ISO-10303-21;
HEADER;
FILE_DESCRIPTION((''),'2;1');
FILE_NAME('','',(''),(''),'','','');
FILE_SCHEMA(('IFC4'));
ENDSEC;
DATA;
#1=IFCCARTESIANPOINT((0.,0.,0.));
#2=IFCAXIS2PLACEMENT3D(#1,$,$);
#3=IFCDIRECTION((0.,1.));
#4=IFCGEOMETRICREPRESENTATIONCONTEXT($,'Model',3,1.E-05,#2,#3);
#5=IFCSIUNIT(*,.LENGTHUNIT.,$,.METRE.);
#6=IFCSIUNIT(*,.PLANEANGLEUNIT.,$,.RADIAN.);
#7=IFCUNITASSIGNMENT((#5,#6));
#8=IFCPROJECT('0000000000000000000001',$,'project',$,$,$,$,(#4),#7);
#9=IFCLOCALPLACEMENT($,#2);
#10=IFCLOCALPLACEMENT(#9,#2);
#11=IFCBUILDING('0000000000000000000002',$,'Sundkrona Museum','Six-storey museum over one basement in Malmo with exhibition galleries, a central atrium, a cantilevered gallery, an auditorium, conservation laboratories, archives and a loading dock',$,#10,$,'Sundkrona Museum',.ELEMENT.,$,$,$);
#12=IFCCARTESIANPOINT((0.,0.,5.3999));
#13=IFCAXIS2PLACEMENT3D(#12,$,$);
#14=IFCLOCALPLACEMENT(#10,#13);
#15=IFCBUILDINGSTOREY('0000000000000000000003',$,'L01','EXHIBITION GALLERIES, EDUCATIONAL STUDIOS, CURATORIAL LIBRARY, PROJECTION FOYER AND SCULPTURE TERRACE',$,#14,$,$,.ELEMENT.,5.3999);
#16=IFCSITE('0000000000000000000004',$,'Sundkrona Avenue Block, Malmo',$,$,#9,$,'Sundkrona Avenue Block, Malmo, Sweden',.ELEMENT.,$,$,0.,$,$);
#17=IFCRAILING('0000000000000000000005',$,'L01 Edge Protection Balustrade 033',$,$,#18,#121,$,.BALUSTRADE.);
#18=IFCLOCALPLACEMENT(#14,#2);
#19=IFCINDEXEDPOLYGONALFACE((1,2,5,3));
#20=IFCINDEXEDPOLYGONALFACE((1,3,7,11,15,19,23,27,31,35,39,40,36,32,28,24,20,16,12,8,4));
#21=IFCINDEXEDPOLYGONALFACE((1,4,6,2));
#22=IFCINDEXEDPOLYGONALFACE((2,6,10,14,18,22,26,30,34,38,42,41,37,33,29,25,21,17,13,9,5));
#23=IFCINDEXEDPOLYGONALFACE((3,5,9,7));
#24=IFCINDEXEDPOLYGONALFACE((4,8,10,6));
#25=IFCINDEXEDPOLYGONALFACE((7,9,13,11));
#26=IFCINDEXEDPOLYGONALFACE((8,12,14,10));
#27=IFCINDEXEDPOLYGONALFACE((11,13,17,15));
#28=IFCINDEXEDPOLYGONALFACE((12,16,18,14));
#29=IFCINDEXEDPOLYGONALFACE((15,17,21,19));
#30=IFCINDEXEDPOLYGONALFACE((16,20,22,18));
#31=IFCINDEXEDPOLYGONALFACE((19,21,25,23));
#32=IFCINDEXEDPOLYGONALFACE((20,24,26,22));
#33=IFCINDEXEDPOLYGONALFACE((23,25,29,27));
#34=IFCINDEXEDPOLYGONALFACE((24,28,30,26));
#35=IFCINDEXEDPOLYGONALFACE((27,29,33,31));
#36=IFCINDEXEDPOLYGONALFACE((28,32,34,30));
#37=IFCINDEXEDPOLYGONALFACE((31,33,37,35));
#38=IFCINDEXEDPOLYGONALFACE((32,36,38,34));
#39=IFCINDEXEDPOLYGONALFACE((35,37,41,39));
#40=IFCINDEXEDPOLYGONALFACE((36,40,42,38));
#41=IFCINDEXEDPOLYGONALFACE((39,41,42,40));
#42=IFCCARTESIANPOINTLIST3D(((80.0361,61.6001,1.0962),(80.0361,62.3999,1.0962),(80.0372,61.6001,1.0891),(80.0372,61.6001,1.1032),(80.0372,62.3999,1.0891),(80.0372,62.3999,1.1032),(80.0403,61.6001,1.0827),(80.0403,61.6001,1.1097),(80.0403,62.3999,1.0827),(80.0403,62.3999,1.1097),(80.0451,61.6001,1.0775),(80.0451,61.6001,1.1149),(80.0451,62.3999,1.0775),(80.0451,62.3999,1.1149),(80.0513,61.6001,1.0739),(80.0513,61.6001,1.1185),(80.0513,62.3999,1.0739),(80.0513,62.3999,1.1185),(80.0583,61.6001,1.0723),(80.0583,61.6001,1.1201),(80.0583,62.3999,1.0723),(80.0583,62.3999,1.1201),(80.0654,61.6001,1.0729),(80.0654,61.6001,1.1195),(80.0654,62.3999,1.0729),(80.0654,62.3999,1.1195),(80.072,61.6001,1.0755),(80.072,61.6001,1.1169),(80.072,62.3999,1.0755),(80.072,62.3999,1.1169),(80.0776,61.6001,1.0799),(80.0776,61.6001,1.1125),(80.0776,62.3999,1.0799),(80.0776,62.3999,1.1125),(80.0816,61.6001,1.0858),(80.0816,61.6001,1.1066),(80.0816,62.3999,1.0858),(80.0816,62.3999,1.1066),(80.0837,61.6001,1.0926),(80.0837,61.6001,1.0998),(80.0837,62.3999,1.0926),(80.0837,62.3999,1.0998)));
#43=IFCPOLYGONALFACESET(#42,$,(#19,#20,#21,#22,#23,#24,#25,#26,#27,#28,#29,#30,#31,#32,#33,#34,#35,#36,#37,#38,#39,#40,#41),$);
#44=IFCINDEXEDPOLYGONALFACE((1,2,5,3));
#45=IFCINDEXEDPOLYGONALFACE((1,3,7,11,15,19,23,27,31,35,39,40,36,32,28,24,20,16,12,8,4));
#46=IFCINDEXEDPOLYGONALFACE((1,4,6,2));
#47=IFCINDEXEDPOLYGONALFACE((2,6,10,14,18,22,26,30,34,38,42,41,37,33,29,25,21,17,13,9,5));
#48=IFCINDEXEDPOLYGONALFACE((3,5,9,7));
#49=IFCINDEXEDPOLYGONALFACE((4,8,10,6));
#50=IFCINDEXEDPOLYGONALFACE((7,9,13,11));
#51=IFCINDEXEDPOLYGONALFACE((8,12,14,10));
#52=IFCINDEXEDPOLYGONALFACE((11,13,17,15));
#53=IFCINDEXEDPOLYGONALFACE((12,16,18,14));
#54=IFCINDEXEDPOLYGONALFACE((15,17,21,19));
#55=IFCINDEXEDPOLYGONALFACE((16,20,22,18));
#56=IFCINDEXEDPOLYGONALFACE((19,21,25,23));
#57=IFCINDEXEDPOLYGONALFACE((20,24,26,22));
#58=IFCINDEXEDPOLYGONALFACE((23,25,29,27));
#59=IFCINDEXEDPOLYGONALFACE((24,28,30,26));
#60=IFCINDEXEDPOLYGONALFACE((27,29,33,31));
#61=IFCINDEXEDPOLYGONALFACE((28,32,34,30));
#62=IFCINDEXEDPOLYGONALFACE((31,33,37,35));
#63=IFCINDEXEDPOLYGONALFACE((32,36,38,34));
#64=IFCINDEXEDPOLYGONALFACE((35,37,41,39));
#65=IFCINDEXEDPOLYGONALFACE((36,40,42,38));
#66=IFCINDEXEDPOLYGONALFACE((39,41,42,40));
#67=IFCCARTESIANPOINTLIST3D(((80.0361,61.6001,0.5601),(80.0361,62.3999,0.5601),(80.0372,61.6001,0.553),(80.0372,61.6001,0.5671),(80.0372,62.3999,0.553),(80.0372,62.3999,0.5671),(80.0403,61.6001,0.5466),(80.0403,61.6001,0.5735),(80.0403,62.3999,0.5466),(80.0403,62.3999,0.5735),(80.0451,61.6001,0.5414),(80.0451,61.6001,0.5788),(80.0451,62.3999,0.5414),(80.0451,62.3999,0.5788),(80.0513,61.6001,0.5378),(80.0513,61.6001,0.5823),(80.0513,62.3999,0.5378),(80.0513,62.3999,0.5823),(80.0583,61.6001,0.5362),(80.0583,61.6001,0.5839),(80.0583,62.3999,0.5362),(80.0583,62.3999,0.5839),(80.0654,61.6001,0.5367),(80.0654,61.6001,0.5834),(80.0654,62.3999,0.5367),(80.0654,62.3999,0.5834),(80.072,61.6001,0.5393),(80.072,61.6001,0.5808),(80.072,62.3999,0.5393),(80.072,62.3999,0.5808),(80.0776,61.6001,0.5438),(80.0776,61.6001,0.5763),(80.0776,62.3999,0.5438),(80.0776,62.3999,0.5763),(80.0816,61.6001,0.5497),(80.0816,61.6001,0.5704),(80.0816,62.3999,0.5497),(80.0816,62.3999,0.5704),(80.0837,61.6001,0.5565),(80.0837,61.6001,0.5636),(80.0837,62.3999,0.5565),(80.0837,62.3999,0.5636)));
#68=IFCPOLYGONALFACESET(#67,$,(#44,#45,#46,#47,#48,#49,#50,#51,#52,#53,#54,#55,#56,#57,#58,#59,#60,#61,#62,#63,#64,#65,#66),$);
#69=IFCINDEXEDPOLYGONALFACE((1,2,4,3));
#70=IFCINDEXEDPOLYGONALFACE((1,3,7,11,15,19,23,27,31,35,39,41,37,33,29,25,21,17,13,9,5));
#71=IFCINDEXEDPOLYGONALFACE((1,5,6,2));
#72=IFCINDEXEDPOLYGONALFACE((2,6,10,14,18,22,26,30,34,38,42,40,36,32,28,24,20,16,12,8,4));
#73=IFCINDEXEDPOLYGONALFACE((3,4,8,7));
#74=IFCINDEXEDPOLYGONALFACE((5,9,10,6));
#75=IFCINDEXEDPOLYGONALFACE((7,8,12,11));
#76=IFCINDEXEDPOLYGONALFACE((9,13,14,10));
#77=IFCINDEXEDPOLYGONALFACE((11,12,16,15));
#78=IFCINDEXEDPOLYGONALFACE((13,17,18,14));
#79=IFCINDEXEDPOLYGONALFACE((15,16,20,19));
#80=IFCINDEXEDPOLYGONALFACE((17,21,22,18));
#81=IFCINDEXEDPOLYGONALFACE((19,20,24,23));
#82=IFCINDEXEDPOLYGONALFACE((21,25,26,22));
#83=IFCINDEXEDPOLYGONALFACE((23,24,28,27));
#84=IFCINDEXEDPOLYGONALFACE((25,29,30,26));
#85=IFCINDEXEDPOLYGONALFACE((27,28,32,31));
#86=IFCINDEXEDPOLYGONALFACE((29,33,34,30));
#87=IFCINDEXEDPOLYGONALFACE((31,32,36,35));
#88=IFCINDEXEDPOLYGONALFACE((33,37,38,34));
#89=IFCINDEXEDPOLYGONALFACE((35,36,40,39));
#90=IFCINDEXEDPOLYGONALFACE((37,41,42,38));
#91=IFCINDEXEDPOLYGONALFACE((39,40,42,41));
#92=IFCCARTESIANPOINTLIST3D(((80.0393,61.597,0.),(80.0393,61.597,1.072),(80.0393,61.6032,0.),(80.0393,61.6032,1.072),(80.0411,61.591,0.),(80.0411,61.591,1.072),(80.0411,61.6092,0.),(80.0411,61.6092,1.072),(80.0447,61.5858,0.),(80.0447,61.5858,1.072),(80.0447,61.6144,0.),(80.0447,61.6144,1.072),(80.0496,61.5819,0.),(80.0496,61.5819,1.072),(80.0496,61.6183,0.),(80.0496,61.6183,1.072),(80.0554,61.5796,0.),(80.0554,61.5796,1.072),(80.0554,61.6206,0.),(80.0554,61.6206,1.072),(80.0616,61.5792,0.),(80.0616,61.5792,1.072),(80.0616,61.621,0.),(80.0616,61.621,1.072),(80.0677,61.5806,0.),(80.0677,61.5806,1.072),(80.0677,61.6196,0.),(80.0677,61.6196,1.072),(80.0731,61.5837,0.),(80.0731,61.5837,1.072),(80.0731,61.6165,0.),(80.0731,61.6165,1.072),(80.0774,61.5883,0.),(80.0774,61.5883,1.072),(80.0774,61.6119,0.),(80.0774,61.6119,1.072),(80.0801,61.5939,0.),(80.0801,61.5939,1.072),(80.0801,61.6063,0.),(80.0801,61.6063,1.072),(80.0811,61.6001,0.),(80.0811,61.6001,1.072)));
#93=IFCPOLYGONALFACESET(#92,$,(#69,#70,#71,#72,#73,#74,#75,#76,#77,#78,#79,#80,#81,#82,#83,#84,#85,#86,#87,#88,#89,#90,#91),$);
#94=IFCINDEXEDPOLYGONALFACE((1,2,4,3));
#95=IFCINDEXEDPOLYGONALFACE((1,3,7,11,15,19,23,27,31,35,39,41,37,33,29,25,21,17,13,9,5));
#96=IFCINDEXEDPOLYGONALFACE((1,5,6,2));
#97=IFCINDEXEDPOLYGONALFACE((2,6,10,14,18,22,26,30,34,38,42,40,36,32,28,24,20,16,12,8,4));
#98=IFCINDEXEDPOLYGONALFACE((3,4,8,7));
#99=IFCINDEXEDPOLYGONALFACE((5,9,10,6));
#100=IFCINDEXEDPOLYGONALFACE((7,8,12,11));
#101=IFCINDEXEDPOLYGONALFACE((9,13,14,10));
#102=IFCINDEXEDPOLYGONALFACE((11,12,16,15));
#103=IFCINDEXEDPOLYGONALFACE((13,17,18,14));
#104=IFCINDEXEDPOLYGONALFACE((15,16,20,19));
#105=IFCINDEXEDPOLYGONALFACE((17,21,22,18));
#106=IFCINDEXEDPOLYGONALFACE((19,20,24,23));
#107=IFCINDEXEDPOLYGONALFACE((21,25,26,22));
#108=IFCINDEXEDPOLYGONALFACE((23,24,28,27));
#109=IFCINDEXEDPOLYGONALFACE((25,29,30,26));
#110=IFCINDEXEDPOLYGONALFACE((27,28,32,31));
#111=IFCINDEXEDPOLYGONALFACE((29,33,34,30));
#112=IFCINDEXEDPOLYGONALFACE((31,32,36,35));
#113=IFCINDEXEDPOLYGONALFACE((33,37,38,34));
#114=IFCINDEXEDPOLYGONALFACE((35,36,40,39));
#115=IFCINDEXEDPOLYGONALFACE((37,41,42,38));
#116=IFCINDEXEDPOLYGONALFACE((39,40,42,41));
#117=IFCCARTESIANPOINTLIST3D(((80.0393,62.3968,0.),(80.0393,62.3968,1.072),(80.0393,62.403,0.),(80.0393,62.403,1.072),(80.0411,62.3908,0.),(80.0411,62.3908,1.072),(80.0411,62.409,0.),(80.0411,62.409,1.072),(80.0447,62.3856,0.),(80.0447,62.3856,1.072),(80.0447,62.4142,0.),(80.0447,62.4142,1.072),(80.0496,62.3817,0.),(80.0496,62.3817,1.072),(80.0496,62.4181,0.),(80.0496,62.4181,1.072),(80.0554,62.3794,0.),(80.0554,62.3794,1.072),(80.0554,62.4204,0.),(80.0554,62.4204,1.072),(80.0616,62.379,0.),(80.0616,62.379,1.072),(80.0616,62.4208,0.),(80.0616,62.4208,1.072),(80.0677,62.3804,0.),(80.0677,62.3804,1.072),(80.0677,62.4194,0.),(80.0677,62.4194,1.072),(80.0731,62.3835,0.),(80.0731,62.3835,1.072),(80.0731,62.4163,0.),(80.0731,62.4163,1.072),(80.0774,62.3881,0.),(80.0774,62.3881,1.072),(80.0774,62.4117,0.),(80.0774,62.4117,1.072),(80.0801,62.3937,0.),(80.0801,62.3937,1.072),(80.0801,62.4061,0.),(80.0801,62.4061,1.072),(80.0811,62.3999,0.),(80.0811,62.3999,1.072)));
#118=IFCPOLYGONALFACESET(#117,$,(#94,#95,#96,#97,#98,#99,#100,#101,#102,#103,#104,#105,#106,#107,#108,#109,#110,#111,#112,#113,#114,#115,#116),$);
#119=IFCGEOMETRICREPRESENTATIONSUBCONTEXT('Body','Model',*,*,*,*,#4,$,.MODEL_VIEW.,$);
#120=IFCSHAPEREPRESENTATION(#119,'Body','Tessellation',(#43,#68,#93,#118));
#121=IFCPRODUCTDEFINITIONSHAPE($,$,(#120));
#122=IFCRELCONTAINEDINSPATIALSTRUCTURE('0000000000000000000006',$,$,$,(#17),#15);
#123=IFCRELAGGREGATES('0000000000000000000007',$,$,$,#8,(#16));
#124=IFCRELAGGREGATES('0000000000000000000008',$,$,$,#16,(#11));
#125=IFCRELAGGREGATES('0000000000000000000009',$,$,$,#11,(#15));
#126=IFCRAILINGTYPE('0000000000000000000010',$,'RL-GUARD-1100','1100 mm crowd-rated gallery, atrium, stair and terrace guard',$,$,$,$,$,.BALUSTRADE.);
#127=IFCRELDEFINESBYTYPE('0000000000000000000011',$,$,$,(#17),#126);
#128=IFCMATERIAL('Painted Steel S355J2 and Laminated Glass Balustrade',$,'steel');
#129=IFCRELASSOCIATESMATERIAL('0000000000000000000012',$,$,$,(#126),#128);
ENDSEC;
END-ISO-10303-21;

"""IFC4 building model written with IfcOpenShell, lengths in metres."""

from ifc_helpers import new_model, si_unit, direction, frame, origin, origin_2d, place, context, subcontext, project, spatial, circle, extrude, material, type_object, element, save


model = new_model("IFC4")

# Units and contexts
model_context = context("Model", 3, precision=1e-05, world=origin(), true_north=direction((0.0, 1.0)))
body_context = subcontext(model_context, "Body", "Model", "MODEL_VIEW")
ifc_project = project(units=[si_unit("LENGTHUNIT", "METRE"), si_unit("PLANEANGLEUNIT", "RADIAN")], contexts=[model_context])

# Site, building, storey
site_placement = place(None, origin())
site = spatial("IfcSite", under=ifc_project, at=site_placement, Name="Sundkrona Avenue Block, Malmo", LongName="Sundkrona Avenue Block, Malmo, Sweden", CompositionType="ELEMENT", RefElevation=0.0)
building_placement = place(site_placement, origin())
building = spatial("IfcBuilding", under=site, at=building_placement, Name="Sundkrona Museum", Description="Six-storey museum over one basement in Malmo with exhibition galleries, a central atrium, a cantilevered gallery, an auditorium, conservation laboratories, archives and a loading dock", LongName="Sundkrona Museum", CompositionType="ELEMENT")
storey_placement = place(building_placement, frame((0.0, 0.0, 5.3999)))
storey = spatial("IfcBuildingStorey", under=building, at=storey_placement, Name="L01", Description="EXHIBITION GALLERIES, EDUCATIONAL STUDIOS, CURATORIAL LIBRARY, PROJECTION FOYER AND SCULPTURE TERRACE", CompositionType="ELEMENT", Elevation=5.3999)

# Railing
ifc_material_1 = material(Name="Painted Steel S355J2 and Laminated Glass Balustrade", Category="steel")
railing_type = type_object("IfcRailingType", Name="RL-GUARD-1100", Description="1100 mm crowd-rated gallery, atrium, stair and terrace guard", PredefinedType="BALUSTRADE", material=ifc_material_1)
railing_placement = place(storey_placement, frame((80.0601, 61.6001, 0.0)))
element("IfcRailing", 1, at=railing_placement, inside=storey, type_object=railing_type, Name="L01 Edge Protection Balustrade 033", PredefinedType="BALUSTRADE", context=body_context, shape_type="SweptSolid", body=[
    extrude(circle(Radius=0.0239, at=origin_2d()), frame((0.0, 0.0, 1.0962), z_axis=(0.0, 1.0, 0.0), x_axis=(-1.0, 0.0, 0.0)), (0.0, 0.0, 1.0), 0.7998),
    extrude(circle(Radius=0.0239, at=origin_2d()), frame((0.0, 0.0, 0.5601), z_axis=(0.0, 1.0, 0.0), x_axis=(-1.0, 0.0, 0.0)), (0.0, 0.0, 1.0), 0.7998),
    extrude(circle(Radius=0.021, at=origin_2d()), origin(), (0.0, 0.0, 1.0), 1.072),
    extrude(circle(Radius=0.021, at=origin_2d()), frame((0.0, 0.7998, 0.0)), (0.0, 0.0, 1.0), 1.072),
])

save(model, "model.ifc")
